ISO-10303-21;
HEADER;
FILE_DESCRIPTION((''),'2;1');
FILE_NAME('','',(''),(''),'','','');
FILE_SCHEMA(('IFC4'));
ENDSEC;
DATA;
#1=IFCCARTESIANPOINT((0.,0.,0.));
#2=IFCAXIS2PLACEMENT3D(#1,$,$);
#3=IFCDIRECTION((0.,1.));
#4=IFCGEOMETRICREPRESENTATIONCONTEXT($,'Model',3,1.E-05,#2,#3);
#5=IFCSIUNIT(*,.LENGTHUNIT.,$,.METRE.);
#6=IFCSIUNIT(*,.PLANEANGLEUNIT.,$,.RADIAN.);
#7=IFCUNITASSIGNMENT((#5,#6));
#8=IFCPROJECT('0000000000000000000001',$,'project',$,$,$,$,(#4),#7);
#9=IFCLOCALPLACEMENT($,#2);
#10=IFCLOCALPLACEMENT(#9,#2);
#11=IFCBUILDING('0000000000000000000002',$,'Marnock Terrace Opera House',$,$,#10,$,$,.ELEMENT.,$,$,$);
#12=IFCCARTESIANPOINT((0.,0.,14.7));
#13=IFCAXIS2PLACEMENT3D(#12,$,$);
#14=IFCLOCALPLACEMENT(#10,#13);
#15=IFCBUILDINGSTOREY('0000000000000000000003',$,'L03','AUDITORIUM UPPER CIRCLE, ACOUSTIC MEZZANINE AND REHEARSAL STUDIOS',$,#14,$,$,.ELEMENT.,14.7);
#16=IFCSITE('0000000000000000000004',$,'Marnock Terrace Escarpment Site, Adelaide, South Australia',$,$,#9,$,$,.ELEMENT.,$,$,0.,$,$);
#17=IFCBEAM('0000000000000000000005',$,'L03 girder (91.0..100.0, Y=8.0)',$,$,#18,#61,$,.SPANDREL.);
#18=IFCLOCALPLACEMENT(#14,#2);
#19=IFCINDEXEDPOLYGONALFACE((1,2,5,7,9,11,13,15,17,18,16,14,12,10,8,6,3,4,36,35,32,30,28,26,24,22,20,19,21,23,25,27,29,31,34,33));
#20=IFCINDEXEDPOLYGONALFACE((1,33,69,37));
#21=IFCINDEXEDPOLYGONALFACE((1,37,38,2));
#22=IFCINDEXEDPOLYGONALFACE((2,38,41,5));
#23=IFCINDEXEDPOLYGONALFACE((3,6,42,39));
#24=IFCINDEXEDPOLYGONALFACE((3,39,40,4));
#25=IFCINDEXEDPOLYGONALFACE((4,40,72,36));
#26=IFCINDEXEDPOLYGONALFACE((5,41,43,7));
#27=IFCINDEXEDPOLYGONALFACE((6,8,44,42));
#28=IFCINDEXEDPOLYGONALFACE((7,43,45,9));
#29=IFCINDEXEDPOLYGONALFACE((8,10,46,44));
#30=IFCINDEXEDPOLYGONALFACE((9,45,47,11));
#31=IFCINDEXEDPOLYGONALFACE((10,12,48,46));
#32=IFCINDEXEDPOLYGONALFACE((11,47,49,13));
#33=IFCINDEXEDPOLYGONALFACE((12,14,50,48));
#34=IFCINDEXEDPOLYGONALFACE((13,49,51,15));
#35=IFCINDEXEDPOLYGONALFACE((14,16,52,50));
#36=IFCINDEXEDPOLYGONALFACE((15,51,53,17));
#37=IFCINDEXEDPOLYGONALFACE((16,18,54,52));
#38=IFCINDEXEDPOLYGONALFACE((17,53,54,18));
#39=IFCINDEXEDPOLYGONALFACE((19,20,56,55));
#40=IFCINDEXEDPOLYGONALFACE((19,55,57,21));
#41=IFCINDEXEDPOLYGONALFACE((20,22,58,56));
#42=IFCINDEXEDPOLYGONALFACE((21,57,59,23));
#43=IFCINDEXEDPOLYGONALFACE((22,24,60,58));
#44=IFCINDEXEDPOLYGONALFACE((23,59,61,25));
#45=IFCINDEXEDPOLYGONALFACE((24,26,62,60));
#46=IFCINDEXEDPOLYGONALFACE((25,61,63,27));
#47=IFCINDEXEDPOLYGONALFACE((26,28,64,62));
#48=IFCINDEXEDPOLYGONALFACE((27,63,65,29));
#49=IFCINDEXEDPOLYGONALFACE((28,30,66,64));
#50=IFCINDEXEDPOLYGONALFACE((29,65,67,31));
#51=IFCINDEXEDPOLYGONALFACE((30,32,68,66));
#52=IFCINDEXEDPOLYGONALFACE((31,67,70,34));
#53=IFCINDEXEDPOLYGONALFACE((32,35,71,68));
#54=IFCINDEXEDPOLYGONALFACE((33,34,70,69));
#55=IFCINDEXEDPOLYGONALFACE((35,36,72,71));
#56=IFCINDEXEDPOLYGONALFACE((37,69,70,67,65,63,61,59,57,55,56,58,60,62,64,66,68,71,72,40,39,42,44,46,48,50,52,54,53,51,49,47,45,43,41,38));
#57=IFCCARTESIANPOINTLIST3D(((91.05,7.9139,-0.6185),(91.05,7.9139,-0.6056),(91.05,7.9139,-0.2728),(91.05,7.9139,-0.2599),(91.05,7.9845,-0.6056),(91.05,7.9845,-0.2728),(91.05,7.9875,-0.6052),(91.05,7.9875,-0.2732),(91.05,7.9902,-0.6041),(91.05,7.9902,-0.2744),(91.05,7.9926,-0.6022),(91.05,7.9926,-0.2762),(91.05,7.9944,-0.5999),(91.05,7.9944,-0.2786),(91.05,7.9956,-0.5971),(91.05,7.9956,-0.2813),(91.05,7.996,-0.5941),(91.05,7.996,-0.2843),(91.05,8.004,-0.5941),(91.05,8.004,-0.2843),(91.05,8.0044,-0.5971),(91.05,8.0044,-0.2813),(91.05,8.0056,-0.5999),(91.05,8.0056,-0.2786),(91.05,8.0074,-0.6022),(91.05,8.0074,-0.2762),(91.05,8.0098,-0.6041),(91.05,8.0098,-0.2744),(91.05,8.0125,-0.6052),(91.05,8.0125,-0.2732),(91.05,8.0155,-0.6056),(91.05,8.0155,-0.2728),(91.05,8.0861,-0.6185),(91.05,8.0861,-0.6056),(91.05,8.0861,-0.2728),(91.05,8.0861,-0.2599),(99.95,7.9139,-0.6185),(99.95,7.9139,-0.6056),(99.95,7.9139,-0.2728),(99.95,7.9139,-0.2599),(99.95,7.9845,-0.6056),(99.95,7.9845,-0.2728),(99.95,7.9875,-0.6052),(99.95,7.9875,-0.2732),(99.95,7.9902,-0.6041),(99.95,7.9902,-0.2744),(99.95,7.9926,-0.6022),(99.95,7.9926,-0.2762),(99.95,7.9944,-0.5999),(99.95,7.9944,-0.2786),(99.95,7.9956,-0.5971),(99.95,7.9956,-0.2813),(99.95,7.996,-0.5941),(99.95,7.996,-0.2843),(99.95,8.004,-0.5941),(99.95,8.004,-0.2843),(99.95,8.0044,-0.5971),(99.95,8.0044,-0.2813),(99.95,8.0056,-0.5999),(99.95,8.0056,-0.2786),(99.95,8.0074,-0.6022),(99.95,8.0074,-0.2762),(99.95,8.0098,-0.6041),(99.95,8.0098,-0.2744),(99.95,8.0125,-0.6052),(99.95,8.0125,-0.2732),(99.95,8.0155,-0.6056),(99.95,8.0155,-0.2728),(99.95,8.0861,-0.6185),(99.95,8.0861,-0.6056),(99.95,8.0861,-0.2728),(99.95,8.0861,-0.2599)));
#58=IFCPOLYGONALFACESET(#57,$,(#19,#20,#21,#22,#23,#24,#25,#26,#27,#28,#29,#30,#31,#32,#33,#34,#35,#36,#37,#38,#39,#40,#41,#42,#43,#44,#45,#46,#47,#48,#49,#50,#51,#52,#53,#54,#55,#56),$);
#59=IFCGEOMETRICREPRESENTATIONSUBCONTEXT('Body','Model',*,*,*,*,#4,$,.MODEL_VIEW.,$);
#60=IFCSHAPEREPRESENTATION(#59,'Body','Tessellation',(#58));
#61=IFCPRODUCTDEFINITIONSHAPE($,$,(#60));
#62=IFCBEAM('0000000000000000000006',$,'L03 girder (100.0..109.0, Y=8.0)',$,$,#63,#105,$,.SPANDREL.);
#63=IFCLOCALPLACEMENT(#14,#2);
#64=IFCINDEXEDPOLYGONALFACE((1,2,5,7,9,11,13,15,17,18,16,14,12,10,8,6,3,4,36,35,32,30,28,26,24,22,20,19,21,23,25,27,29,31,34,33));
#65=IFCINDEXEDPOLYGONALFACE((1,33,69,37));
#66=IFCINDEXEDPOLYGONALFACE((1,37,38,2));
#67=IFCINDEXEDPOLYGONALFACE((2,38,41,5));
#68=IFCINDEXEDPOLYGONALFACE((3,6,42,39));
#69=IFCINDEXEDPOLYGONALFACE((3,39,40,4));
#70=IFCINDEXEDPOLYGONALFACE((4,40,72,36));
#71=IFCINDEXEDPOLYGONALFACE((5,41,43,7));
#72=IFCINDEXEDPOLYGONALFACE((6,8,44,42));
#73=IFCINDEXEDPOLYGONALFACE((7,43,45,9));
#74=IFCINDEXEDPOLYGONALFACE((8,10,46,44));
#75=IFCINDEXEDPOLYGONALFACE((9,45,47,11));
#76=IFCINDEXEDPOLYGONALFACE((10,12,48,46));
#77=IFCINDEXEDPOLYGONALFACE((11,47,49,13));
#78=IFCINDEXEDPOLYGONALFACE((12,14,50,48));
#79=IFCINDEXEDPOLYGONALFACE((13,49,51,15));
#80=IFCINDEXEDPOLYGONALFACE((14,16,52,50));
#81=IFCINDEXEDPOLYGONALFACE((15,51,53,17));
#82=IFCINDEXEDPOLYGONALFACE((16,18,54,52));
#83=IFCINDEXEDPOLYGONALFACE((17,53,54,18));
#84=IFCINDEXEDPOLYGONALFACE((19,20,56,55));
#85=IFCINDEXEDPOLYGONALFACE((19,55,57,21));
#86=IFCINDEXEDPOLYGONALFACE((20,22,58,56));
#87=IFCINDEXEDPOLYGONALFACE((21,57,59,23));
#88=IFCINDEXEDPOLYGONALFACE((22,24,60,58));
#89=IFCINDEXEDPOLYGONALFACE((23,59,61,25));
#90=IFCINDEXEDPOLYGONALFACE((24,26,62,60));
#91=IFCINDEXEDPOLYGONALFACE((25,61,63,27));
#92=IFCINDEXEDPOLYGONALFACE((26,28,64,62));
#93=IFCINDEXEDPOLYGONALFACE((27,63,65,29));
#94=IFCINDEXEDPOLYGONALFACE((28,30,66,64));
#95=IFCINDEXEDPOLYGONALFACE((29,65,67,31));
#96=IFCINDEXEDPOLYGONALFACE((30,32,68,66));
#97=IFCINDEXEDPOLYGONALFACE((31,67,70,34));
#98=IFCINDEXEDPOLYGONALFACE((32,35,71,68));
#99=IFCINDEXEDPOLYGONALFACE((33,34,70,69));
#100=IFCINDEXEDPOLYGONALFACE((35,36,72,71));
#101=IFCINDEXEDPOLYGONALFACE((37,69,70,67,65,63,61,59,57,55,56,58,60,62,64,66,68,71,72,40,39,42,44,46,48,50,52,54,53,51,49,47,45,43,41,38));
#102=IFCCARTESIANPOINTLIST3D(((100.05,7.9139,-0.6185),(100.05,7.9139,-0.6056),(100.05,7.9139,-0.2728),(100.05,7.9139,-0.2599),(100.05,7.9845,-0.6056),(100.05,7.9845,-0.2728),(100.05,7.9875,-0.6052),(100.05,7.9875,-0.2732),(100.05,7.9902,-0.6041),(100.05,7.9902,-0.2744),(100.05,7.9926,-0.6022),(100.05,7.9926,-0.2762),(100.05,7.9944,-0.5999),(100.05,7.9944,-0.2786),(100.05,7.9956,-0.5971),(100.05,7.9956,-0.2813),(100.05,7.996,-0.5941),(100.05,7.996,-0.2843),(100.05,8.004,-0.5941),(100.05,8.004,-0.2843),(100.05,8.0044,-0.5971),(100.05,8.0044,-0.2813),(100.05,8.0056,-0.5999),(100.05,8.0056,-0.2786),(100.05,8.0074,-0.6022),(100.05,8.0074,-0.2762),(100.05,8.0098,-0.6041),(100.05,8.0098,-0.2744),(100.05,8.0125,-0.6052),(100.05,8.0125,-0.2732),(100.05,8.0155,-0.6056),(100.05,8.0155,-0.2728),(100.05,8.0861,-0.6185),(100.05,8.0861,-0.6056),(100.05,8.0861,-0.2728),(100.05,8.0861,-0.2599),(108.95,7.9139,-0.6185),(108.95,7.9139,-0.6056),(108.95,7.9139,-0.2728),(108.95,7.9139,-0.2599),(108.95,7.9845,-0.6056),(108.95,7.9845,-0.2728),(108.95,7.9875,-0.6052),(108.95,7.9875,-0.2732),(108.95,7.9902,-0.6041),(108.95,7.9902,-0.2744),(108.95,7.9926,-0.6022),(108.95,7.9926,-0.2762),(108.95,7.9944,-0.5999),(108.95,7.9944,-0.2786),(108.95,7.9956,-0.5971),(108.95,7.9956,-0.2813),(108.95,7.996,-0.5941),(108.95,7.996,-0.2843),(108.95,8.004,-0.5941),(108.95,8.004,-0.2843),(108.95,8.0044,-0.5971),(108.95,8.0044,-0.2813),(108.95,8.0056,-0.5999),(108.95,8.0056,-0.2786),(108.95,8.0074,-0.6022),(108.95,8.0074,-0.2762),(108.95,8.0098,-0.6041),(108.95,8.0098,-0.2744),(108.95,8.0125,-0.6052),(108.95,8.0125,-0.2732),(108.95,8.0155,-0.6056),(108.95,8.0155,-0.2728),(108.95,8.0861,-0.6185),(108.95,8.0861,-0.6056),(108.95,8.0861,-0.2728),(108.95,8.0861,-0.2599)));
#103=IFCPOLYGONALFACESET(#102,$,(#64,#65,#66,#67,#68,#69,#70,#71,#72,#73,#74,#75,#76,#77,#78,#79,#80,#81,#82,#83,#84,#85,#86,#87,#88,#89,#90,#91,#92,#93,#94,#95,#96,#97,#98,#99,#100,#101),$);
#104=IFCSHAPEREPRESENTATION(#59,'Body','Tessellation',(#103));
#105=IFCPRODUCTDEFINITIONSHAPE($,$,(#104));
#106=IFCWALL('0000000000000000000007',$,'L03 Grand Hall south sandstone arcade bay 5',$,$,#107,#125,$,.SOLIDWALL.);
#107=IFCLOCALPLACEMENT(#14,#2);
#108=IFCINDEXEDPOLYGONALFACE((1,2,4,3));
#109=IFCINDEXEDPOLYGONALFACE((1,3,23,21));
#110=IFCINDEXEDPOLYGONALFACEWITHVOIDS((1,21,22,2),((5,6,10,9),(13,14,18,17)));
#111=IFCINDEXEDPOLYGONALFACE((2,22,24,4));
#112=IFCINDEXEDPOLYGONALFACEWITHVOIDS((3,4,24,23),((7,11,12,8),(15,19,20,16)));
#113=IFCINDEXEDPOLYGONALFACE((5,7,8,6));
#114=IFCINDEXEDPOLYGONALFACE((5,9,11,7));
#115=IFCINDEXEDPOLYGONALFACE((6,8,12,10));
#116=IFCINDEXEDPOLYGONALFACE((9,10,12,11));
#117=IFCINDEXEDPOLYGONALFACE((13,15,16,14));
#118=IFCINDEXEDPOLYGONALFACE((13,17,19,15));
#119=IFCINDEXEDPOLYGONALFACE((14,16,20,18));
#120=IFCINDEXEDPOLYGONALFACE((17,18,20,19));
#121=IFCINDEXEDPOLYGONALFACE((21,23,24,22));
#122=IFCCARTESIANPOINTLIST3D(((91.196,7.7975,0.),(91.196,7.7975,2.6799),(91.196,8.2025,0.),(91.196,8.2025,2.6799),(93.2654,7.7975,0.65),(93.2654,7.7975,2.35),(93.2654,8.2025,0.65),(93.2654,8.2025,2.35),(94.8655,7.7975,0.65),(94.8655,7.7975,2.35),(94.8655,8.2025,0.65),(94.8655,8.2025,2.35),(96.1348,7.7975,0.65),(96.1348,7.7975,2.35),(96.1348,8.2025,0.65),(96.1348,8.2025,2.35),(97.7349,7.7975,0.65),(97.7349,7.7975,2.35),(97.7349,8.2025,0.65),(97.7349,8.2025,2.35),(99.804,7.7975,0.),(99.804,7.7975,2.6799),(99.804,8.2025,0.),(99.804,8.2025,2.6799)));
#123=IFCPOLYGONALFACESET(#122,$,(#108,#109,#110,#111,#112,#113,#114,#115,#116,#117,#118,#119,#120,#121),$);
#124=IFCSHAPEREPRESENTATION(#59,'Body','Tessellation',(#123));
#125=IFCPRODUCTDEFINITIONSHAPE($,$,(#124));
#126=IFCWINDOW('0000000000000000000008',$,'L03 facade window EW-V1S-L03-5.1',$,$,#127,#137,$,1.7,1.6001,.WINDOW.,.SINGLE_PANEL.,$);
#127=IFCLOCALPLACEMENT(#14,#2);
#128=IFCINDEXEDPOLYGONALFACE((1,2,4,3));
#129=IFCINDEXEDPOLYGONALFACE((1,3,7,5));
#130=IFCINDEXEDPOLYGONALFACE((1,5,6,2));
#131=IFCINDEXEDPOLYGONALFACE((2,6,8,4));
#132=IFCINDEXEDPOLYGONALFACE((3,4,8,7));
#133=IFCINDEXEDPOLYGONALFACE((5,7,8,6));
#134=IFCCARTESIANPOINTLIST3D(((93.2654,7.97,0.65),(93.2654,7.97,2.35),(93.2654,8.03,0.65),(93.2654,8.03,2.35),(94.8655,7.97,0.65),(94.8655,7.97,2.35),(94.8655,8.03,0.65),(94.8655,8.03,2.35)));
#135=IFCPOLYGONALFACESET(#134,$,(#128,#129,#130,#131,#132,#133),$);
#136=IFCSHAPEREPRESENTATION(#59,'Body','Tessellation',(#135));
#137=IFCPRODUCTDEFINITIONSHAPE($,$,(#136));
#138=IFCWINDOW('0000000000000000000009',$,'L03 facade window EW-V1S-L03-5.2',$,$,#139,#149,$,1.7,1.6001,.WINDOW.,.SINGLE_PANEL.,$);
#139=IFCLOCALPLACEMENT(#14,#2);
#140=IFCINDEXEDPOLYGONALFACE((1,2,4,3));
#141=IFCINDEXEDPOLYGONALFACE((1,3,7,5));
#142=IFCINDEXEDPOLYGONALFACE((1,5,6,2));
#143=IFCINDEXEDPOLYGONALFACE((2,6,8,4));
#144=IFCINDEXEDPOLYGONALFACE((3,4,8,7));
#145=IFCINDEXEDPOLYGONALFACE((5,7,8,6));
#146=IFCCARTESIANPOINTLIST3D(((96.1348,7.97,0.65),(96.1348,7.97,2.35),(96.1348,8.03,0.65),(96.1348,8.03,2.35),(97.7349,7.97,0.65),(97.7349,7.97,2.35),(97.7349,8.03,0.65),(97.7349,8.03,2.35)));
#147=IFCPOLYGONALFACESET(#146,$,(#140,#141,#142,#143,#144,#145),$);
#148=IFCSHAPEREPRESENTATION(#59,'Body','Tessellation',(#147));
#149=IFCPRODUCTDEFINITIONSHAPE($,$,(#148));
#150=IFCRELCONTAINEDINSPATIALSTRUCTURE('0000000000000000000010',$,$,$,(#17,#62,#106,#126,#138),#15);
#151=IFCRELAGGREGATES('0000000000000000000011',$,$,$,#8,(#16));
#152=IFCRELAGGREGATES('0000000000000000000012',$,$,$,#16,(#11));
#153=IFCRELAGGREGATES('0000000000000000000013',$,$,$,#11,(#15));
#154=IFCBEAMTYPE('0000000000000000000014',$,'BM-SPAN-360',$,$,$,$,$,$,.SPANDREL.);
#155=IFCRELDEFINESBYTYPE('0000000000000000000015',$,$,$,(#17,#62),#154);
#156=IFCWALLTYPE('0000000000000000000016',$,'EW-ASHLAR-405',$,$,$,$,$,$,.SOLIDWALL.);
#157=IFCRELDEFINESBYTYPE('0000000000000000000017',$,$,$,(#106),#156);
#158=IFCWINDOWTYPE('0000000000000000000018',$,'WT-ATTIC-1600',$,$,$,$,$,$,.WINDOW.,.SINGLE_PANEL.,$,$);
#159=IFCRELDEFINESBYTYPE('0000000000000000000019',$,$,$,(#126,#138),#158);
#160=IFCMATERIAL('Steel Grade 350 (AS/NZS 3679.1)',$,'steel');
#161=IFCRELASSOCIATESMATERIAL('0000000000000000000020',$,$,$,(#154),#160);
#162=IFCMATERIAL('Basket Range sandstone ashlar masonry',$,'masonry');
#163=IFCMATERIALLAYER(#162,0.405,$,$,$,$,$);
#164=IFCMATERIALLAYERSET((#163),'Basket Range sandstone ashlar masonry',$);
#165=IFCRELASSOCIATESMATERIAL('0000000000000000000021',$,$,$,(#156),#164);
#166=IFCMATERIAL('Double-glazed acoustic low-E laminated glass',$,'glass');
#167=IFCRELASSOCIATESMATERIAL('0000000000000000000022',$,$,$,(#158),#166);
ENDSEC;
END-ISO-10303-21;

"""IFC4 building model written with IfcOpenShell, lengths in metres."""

from ifc_helpers import new_model, si_unit, direction, frame, frame_2d, origin, origin_2d, place, context, subcontext, project, spatial, rectangle, i_section, extrude, material, layer, layer_set, material_profile, profile_set, type_object, element, fill, save


model = new_model("IFC4")

# Units and contexts
model_context = context("Model", 3, precision=1e-05, world=origin(), true_north=direction((0.0, 1.0)))
body_context = subcontext(model_context, "Body", "Model", "MODEL_VIEW")
ifc_project = project(units=[si_unit("LENGTHUNIT", "METRE"), si_unit("PLANEANGLEUNIT", "RADIAN")], contexts=[model_context])

# Site, building, storey
site_placement = place(None, origin())
site = spatial("IfcSite", under=ifc_project, at=site_placement, Name="Marnock Terrace Escarpment Site, Adelaide, South Australia", CompositionType="ELEMENT", RefElevation=0.0)
building_placement = place(site_placement, origin())
building = spatial("IfcBuilding", under=site, at=building_placement, Name="Marnock Terrace Opera House", CompositionType="ELEMENT")
storey_placement = place(building_placement, frame((0.0, 0.0, 14.7)))
storey = spatial("IfcBuildingStorey", under=building, at=storey_placement, Name="L03", Description="AUDITORIUM UPPER CIRCLE, ACOUSTIC MEZZANINE AND REHEARSAL STUDIOS", CompositionType="ELEMENT", Elevation=14.7)

# Beams
ifc_material_1 = material(Name="Steel Grade 350 (AS/NZS 3679.1)", Category="steel")
ifc_material_profile_1 = material_profile(ifc_material_1, i_section(OverallWidth=0.1721, OverallDepth=0.3586, WebThickness=0.0081, FlangeThickness=0.0129, FilletRadius=0.0115, at=origin_2d()))
ifc_profile_set_1 = profile_set([ifc_material_profile_1], Name="Steel Grade 350 (AS/NZS 3679.1)")
beam_type_1 = type_object("IfcBeamType", Name="BM-SPAN-360", PredefinedType="SPANDREL", material=ifc_profile_set_1)
for number, where, z_axis, x_axis, name in (
    (1, (91.05, 8.0, -0.4392), (1.0, 0.0, 0.0), (0.0, 1.0, 0.0), "L03 girder (91.0..100.0, Y=8.0)"),
    (2, (100.05, 8.0, -0.4392), (1.0, 0.0, 0.0), (0.0, 1.0, 0.0), "L03 girder (100.0..109.0, Y=8.0)"),
):
    element("IfcBeam", number, at=place(storey_placement, frame(where, z_axis=z_axis, x_axis=x_axis)), inside=storey, type_object=beam_type_1, Name=name, PredefinedType="SPANDREL", context=body_context, shape_type="SweptSolid", body=[
        extrude(i_section(OverallWidth=0.1721, OverallDepth=0.3586, WebThickness=0.0081, FlangeThickness=0.0129, FilletRadius=0.0115, at=origin_2d()), origin(), (0.0, 0.0, 1.0), 8.8999),
    ])

# Wall, openings, windows
ifc_material_2 = material(Name="Basket Range sandstone ashlar masonry", Category="masonry")
ifc_layer = layer(ifc_material_2, 0.405)
ifc_layer_set = layer_set([ifc_layer], Name="Basket Range sandstone ashlar masonry")
wall_type = type_object("IfcWallType", Name="EW-ASHLAR-405", PredefinedType="SOLIDWALL", material=ifc_layer_set)
wall_1_placement = place(storey_placement, frame((91.196, 8.0, 0.0), z_axis=(0.0, 0.0, 1.0), x_axis=(1.0, 0.0, 0.0)))
wall_1 = element("IfcWall", 3, at=wall_1_placement, inside=storey, type_object=wall_type, Name="L03 Grand Hall south sandstone arcade bay 5", PredefinedType="SOLIDWALL", context=body_context, shape_type="SweptSolid", body=[
    extrude(rectangle(XDim=8.6079, YDim=0.405, at=frame_2d((4.304, 0.0))), origin(), (0.0, 0.0, 1.0), 2.6799),
])
opening_1_placement = place(wall_1_placement, frame((2.0693, 0.0, 0.6499)))
opening_1 = element("IfcOpeningElement", 4, at=opening_1_placement, cuts=wall_1, PredefinedType="OPENING", context=body_context, shape_type="SweptSolid", body=[
    extrude(rectangle(XDim=1.6001, YDim=1.7, at=frame_2d((0.8, 0.8501))), frame((0.0, 0.2124, 0.0), z_axis=(0.0, -1.0, 0.0), x_axis=(1.0, 0.0, 0.0)), (0.0, 0.0, 1.0), 0.425),
])
opening_2_placement = place(wall_1_placement, frame((4.9387, 0.0, 0.6499)))
opening_2 = element("IfcOpeningElement", 5, at=opening_2_placement, cuts=wall_1, PredefinedType="OPENING", context=body_context, shape_type="SweptSolid", body=[
    extrude(rectangle(XDim=1.6001, YDim=1.7, at=frame_2d((0.8, 0.8501))), frame((0.0, 0.2124, 0.0), z_axis=(0.0, -1.0, 0.0), x_axis=(1.0, 0.0, 0.0)), (0.0, 0.0, 1.0), 0.425),
])
ifc_material_3 = material(Name="Double-glazed acoustic low-E laminated glass", Category="glass")
window_type = type_object("IfcWindowType", Name="WT-ATTIC-1600", PartitioningType="SINGLE_PANEL", PredefinedType="WINDOW", material=ifc_material_3)
window_1_placement = place(opening_1_placement, origin())
window_1 = element("IfcWindow", 6, at=window_1_placement, inside=storey, type_object=window_type, Name="L03 facade window EW-V1S-L03-5.1", OverallHeight=1.7, OverallWidth=1.6001, PartitioningType="SINGLE_PANEL", PredefinedType="WINDOW", context=body_context, shape_type="SweptSolid", body=[
    extrude(rectangle(XDim=1.6001, YDim=1.7, at=frame_2d((0.8, 0.8501))), frame((0.0, 0.03, 0.0), z_axis=(0.0, -1.0, 0.0), x_axis=(1.0, 0.0, 0.0)), (0.0, 0.0, 1.0), 0.0601),
])
fill(opening_1, window_1)
window_2_placement = place(opening_2_placement, origin())
window_2 = element("IfcWindow", 7, at=window_2_placement, inside=storey, type_object=window_type, Name="L03 facade window EW-V1S-L03-5.2", OverallHeight=1.7, OverallWidth=1.6001, PartitioningType="SINGLE_PANEL", PredefinedType="WINDOW", context=body_context, shape_type="SweptSolid", body=[
    extrude(rectangle(XDim=1.6001, YDim=1.7, at=frame_2d((0.8, 0.8501))), frame((0.0, 0.03, 0.0), z_axis=(0.0, -1.0, 0.0), x_axis=(1.0, 0.0, 0.0)), (0.0, 0.0, 1.0), 0.0601),
])
fill(opening_2, window_2)

save(model, "model.ifc")
